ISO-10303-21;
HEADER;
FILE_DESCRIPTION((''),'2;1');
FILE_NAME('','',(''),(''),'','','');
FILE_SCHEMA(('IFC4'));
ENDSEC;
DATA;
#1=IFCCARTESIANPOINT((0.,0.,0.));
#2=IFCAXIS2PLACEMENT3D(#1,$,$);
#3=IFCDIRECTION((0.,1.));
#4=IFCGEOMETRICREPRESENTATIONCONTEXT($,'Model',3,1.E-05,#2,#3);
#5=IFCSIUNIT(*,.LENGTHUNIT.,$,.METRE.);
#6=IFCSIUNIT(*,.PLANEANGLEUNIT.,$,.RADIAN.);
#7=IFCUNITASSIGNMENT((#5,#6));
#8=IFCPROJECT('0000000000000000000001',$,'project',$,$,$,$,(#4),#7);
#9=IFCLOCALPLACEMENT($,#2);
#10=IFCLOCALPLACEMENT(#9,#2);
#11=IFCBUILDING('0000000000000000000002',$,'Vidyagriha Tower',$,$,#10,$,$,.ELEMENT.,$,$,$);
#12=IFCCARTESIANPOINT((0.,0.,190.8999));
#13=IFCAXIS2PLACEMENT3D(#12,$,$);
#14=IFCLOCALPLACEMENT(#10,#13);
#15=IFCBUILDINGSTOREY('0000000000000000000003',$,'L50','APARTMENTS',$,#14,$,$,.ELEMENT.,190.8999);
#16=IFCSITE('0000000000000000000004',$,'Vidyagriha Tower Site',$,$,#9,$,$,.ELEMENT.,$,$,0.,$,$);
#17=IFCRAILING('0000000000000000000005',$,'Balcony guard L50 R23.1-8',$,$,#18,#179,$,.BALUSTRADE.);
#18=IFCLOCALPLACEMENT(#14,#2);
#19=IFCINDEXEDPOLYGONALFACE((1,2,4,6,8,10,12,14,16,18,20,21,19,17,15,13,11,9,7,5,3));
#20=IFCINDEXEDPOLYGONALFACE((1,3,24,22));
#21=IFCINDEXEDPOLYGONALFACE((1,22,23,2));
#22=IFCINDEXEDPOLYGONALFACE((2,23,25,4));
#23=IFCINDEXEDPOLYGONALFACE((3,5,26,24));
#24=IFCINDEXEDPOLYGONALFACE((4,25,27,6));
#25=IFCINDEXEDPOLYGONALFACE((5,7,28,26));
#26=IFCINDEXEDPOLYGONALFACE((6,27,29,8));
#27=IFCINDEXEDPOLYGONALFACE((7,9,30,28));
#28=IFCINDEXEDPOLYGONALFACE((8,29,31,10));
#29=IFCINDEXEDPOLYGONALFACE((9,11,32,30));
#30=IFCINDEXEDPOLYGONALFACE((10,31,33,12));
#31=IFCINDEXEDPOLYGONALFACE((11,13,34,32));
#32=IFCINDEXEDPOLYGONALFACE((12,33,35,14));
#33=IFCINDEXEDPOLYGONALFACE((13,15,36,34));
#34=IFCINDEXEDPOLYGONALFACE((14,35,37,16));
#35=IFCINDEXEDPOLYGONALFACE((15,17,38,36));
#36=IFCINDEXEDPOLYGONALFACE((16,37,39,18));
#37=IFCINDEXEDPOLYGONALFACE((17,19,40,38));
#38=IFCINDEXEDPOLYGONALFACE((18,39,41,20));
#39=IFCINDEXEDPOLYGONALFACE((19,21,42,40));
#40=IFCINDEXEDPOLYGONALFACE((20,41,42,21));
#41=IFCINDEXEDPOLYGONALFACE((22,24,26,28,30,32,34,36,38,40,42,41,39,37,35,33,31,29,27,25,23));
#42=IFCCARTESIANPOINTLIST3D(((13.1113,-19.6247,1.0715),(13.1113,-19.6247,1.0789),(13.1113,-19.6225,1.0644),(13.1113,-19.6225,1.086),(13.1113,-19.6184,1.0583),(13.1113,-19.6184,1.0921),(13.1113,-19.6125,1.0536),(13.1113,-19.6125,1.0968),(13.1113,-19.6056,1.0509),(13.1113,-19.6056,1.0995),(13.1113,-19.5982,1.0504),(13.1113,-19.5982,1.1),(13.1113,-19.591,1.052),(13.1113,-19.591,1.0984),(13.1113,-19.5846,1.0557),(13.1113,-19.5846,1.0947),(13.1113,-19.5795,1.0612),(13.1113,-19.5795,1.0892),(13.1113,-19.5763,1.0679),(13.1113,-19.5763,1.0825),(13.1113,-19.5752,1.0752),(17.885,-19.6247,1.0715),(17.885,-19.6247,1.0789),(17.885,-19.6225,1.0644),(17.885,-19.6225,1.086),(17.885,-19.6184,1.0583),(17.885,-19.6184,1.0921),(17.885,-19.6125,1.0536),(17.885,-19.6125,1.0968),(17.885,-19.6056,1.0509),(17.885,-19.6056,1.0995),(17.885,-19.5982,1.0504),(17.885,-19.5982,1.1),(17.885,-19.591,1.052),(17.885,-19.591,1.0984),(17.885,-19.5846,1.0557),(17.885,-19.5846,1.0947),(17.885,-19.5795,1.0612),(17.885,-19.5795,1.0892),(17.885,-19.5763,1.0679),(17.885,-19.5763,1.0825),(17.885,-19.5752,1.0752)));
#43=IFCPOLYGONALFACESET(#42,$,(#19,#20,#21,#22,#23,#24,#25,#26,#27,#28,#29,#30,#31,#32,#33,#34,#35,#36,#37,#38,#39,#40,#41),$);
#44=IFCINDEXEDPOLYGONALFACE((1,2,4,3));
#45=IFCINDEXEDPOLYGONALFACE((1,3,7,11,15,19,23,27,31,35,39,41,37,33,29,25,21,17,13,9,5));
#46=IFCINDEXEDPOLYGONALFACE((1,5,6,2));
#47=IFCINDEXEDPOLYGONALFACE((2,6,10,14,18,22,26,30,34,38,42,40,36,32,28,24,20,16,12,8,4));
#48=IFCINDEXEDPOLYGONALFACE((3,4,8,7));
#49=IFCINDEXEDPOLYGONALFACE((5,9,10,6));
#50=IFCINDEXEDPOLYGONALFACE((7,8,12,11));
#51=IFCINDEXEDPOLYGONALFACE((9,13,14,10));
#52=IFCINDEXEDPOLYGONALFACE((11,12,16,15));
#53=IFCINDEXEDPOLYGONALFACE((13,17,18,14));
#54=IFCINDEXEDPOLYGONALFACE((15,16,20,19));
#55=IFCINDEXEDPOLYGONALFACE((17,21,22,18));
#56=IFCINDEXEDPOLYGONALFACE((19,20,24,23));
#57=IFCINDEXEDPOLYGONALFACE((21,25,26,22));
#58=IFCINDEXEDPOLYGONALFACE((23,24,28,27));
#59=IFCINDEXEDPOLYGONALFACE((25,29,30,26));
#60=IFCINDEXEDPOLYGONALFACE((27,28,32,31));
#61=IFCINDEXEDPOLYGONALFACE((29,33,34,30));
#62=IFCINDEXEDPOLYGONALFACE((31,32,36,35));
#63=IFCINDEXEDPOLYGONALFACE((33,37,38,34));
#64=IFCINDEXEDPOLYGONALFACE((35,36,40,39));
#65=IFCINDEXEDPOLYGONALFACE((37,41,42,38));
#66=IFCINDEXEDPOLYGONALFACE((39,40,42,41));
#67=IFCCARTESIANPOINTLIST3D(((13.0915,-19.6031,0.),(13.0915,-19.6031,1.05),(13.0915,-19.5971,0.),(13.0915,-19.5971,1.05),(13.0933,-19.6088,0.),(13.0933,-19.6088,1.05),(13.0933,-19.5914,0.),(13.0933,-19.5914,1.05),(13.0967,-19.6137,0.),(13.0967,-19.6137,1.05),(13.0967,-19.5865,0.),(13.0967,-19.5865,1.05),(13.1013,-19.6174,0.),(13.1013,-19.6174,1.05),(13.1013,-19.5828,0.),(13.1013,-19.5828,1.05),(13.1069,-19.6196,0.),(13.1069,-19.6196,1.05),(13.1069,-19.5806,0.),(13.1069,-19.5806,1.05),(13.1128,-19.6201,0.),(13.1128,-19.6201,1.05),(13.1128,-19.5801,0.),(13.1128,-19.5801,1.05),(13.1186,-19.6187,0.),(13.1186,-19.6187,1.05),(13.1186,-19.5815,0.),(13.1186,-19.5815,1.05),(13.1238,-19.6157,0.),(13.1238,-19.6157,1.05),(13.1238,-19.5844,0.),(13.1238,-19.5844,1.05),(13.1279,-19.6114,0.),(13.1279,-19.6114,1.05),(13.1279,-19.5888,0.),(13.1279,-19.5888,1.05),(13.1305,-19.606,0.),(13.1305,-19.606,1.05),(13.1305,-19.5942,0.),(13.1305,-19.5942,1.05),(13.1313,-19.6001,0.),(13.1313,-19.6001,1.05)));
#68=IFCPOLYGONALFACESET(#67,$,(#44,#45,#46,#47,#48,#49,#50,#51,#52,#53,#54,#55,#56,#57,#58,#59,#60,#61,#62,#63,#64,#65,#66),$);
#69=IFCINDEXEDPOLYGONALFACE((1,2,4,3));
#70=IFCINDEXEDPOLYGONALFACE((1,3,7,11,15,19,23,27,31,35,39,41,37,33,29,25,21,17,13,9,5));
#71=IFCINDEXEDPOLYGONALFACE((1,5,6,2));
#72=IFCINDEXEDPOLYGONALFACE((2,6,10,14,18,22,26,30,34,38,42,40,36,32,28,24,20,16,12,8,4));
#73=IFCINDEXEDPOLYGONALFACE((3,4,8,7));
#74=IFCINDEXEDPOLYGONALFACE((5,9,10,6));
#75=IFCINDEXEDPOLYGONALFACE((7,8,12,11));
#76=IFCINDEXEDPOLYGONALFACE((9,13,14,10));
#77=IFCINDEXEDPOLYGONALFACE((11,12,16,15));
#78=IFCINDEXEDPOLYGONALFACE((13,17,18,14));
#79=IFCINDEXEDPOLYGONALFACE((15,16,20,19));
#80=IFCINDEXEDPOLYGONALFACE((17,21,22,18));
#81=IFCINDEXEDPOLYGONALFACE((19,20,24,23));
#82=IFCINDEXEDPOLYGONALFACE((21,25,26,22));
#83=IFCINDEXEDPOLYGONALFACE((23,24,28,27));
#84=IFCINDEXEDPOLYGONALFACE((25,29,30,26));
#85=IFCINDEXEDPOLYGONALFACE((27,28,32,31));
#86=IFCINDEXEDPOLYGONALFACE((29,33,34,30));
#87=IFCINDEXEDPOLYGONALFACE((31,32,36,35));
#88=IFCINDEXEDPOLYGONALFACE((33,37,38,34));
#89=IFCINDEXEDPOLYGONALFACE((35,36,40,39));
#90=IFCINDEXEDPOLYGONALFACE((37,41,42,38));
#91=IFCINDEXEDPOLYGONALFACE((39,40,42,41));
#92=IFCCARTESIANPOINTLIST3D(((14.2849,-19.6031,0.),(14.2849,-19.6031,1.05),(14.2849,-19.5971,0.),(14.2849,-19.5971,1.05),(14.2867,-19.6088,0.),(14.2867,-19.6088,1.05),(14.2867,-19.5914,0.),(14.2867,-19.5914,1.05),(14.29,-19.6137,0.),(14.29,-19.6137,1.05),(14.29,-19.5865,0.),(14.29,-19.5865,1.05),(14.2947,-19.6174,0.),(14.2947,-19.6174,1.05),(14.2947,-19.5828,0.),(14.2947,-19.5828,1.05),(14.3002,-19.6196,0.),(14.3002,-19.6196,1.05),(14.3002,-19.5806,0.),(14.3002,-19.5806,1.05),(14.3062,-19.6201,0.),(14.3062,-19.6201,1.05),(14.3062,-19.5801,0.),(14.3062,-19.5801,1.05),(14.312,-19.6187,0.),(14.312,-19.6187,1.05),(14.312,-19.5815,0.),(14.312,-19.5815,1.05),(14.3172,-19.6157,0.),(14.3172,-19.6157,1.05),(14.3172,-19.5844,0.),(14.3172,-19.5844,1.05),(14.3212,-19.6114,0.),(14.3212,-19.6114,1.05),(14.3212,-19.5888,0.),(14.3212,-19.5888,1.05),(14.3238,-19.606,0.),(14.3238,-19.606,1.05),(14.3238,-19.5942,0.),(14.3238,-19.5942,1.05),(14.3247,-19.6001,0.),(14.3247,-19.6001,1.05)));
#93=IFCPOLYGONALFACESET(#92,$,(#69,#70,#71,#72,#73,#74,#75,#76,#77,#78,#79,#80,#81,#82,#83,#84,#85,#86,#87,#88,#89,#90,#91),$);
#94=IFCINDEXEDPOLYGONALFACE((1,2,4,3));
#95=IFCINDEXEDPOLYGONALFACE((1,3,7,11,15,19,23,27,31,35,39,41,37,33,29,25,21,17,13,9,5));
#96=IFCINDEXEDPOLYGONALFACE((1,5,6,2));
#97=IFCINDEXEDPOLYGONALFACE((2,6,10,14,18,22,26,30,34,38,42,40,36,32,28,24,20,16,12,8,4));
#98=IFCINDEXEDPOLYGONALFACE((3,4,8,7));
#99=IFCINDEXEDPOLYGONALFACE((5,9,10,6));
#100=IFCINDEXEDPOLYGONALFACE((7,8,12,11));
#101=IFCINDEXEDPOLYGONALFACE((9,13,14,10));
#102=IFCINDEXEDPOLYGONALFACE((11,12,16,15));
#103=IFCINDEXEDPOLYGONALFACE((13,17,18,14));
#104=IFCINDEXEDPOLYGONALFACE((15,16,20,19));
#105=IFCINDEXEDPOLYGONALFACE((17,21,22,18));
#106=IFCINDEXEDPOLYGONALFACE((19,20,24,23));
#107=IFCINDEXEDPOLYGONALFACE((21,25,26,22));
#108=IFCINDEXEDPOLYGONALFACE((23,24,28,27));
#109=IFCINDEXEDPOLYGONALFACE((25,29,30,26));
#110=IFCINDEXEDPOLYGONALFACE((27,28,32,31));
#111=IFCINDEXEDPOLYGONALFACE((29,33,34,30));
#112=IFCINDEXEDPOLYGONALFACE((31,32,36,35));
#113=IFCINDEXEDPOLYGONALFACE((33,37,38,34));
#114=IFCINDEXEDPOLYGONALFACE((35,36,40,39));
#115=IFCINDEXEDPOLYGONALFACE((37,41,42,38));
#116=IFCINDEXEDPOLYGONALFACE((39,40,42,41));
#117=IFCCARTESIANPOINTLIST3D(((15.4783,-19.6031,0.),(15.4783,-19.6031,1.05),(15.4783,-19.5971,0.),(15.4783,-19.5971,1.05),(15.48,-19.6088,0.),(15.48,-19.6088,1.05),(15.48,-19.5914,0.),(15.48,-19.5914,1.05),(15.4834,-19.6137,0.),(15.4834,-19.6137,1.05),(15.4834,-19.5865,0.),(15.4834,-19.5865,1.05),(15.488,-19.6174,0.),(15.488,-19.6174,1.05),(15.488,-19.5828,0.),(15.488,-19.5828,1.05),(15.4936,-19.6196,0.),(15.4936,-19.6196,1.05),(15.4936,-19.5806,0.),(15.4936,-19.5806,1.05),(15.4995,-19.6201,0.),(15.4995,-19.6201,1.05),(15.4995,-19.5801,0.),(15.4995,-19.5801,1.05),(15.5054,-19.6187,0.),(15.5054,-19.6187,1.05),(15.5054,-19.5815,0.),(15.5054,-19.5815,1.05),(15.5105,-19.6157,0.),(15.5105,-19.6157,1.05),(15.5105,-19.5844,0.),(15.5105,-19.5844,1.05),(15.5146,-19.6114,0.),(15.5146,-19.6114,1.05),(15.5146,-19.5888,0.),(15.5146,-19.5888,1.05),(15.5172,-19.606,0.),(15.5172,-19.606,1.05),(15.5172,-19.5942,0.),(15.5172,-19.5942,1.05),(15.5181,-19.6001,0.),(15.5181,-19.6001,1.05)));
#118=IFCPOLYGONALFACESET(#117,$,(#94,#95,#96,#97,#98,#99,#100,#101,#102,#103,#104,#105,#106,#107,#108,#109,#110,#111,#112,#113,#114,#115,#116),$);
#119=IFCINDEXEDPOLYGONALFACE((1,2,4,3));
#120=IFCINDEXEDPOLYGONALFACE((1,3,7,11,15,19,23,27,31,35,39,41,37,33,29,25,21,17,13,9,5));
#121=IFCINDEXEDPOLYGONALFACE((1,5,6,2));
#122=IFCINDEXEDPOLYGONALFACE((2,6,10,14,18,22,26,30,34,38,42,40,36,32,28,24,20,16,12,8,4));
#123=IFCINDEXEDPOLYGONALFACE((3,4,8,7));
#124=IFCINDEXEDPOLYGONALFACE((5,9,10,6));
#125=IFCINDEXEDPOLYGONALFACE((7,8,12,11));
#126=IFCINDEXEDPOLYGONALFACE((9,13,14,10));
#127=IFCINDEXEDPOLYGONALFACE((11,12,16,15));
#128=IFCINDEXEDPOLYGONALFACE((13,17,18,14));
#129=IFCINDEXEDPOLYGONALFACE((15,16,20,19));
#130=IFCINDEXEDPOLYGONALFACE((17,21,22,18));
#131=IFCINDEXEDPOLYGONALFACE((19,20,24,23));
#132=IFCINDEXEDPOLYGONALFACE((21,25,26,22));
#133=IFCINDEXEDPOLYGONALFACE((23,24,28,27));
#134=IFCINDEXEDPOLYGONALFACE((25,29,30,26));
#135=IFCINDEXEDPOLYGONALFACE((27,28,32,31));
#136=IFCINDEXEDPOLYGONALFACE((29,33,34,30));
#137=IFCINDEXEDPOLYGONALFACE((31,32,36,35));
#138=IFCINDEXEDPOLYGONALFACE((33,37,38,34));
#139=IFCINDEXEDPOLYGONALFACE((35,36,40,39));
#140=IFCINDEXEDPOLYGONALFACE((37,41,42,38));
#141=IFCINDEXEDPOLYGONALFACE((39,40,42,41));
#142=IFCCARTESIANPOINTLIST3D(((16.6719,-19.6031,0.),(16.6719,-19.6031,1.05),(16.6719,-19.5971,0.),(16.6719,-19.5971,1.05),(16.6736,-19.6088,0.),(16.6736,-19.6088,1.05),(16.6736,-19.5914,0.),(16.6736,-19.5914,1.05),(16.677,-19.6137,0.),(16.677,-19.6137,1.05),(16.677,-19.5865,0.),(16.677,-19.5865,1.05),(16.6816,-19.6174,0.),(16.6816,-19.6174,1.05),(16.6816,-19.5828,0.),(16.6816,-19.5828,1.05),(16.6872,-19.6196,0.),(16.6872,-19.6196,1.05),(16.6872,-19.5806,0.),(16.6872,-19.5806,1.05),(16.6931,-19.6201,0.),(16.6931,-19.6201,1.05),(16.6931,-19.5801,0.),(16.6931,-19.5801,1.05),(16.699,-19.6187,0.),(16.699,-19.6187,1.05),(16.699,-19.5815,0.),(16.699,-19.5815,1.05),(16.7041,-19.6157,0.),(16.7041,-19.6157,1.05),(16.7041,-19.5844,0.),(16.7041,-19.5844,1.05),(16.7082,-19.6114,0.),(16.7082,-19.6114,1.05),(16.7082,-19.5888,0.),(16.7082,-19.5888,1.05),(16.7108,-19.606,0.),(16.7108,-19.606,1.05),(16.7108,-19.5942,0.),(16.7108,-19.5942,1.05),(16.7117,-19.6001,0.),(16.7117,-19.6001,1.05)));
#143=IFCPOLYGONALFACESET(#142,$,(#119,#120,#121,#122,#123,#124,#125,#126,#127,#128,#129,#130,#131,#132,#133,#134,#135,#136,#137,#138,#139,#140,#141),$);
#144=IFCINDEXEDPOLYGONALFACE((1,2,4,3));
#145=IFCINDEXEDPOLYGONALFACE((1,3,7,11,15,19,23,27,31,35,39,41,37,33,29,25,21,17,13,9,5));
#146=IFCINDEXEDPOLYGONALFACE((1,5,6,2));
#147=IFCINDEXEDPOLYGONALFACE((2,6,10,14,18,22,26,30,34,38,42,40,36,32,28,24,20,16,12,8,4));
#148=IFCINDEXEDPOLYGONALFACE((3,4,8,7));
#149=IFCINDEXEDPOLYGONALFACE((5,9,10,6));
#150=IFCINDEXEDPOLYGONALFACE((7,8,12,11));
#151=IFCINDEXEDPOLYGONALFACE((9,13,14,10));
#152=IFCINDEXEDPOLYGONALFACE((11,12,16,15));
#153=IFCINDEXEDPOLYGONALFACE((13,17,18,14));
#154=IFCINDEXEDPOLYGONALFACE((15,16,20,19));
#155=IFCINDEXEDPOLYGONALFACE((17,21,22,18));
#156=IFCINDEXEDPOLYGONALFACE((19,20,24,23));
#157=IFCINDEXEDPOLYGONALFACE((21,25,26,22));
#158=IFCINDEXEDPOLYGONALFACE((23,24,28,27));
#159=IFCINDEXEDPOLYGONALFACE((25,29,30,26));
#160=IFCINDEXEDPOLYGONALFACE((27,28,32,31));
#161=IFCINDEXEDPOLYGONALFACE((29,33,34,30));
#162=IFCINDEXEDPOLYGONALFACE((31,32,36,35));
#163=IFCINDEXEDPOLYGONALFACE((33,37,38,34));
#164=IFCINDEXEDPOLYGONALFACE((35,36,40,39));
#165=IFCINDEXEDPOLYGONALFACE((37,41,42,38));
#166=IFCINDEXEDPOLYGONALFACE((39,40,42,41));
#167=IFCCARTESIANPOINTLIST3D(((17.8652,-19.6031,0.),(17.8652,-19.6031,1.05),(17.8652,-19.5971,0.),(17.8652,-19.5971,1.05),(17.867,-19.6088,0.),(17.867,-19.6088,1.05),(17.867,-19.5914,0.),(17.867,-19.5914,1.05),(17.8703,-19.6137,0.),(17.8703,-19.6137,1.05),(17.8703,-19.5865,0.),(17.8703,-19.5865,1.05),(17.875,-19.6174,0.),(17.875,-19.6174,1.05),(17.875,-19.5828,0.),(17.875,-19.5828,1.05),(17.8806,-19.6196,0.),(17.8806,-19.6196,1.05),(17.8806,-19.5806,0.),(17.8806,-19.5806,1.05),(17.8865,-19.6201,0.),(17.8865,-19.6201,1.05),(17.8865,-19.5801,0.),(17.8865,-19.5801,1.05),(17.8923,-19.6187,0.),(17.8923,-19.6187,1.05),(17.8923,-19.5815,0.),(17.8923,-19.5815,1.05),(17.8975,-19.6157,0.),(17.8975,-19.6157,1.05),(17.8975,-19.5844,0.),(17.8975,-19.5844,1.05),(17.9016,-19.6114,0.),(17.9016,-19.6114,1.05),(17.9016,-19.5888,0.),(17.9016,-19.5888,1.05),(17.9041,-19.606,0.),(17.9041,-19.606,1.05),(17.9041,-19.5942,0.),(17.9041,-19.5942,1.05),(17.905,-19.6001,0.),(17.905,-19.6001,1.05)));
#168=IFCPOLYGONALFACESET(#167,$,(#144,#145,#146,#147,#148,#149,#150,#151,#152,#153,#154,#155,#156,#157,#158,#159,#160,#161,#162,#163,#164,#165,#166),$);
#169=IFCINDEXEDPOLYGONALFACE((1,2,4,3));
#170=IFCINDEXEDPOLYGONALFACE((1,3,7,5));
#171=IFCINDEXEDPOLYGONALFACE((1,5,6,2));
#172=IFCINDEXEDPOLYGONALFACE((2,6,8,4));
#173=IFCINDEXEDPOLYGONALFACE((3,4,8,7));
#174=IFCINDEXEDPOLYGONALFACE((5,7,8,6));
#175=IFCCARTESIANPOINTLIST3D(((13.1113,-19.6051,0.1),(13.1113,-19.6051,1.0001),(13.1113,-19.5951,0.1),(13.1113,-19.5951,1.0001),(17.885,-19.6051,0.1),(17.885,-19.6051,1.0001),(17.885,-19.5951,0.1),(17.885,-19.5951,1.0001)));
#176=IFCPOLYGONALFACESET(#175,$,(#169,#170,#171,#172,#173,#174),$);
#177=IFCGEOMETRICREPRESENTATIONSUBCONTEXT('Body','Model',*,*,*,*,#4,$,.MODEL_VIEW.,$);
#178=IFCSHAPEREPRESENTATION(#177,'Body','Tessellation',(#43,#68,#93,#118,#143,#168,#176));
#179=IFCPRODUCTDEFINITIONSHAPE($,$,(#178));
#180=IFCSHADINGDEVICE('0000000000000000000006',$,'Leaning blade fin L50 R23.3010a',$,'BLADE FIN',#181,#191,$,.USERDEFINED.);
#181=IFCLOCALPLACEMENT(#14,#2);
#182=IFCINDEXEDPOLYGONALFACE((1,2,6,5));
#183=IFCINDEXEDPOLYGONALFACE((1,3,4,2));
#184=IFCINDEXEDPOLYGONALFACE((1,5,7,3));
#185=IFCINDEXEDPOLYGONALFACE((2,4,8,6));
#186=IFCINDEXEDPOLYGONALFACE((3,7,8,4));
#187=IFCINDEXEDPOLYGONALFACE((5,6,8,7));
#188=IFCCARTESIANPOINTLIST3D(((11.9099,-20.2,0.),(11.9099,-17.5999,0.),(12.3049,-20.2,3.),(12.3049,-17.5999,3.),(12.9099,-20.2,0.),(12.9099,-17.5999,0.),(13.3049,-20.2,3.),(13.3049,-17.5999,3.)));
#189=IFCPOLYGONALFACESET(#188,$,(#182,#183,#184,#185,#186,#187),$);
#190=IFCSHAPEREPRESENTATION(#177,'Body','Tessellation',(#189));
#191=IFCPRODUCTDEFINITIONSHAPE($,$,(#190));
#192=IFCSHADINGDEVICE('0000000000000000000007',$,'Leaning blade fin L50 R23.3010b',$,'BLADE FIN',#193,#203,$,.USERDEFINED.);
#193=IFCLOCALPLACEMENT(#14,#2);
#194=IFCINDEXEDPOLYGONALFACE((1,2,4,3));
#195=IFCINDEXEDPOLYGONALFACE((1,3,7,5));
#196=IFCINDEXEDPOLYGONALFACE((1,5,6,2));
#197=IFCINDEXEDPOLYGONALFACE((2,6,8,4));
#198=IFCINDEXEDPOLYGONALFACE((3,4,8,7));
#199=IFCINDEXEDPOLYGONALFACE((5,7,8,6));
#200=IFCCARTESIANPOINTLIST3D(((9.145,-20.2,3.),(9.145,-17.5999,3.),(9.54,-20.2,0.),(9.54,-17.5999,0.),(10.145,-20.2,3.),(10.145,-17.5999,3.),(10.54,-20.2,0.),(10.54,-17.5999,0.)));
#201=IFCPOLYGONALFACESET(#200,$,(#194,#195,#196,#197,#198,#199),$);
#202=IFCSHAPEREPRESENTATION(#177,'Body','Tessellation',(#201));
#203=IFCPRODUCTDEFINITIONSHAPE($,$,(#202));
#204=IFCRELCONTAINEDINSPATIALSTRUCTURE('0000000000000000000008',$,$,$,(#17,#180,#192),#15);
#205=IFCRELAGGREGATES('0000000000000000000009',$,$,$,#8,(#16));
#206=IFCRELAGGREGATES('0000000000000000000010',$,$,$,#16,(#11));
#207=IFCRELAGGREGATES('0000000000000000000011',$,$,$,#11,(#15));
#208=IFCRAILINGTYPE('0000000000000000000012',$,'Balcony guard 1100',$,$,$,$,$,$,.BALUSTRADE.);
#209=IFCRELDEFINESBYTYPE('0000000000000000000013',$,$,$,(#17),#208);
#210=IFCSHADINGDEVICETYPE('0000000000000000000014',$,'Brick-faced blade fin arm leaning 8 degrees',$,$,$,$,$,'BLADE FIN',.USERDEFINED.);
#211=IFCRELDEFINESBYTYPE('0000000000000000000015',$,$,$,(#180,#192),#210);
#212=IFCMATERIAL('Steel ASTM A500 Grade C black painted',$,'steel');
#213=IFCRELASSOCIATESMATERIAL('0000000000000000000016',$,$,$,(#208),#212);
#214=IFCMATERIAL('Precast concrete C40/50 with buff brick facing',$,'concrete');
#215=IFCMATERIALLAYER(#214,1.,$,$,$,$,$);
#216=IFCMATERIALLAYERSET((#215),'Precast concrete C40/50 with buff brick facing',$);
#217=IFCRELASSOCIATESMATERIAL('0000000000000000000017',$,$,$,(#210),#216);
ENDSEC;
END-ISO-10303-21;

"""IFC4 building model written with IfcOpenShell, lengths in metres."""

from ifc_helpers import new_model, si_unit, direction, frame, origin, origin_2d, place, context, subcontext, project, spatial, polyline, rectangle, circle, outline, extrude, material, layer, layer_set, type_object, element, save


model = new_model("IFC4")

# Units and contexts
model_context = context("Model", 3, precision=1e-05, world=origin(), true_north=direction((0.0, 1.0)))
body_context = subcontext(model_context, "Body", "Model", "MODEL_VIEW")
ifc_project = project(units=[si_unit("LENGTHUNIT", "METRE"), si_unit("PLANEANGLEUNIT", "RADIAN")], contexts=[model_context])

# Site, building, storey
site_placement = place(None, origin())
site = spatial("IfcSite", under=ifc_project, at=site_placement, Name="Vidyagriha Tower Site", CompositionType="ELEMENT", RefElevation=0.0)
building_placement = place(site_placement, origin())
building = spatial("IfcBuilding", under=site, at=building_placement, Name="Vidyagriha Tower", CompositionType="ELEMENT")
storey_placement = place(building_placement, frame((0.0, 0.0, 190.8999)))
storey = spatial("IfcBuildingStorey", under=building, at=storey_placement, Name="L50", Description="APARTMENTS", CompositionType="ELEMENT", Elevation=190.8999)

# Railing
ifc_material_1 = material(Name="Steel ASTM A500 Grade C black painted", Category="steel")
railing_type = type_object("IfcRailingType", Name="Balcony guard 1100", PredefinedType="BALUSTRADE", material=ifc_material_1)
railing_1_placement = place(storey_placement, frame((13.1113, -19.6001, 0.0)))
element("IfcRailing", 1, at=railing_1_placement, inside=storey, type_object=railing_type, Name="Balcony guard L50 R23.1-8", PredefinedType="BALUSTRADE", context=body_context, shape_type="SweptSolid", body=[
    extrude(circle(Radius=0.0249, at=origin_2d()), frame((0.0, 0.0, 1.0752), z_axis=(1.0, 0.0, 0.0), x_axis=(0.0, 1.0, 0.0)), (0.0, 0.0, 1.0), 4.7737),
    extrude(circle(Radius=0.02, at=origin_2d()), origin(), (0.0, 0.0, 1.0), 1.05),
    extrude(circle(Radius=0.02, at=origin_2d()), frame((1.1934, 0.0, 0.0)), (0.0, 0.0, 1.0), 1.05),
    extrude(circle(Radius=0.02, at=origin_2d()), frame((2.3867, 0.0, 0.0)), (0.0, 0.0, 1.0), 1.05),
    extrude(circle(Radius=0.02, at=origin_2d()), frame((3.5803, 0.0, 0.0)), (0.0, 0.0, 1.0), 1.05),
    extrude(circle(Radius=0.02, at=origin_2d()), frame((4.7737, 0.0, 0.0)), (0.0, 0.0, 1.0), 1.05),
    extrude(rectangle(XDim=0.01, YDim=0.9001, at=origin_2d()), frame((0.0, 0.0, 0.55), z_axis=(1.0, 0.0, 0.0), x_axis=(0.0, 1.0, 0.0)), (0.0, 0.0, 1.0), 4.7737),
])

# Shading devices
ifc_material_2 = material(Name="Precast concrete C40/50 with buff brick facing", Category="concrete")
ifc_layer_1 = layer(ifc_material_2, 1.0)
ifc_layer_set_1 = layer_set([ifc_layer_1], Name="Precast concrete C40/50 with buff brick facing")
shading_device_type = type_object("IfcShadingDeviceType", Name="Brick-faced blade fin arm leaning 8 degrees", ElementType="BLADE FIN", PredefinedType="USERDEFINED", material=ifc_layer_set_1)
shading_device_1_placement = place(storey_placement, frame((11.9099, -18.8999, 0.0)))
element("IfcShadingDevice", 2, at=shading_device_1_placement, inside=storey, type_object=shading_device_type, Name="Leaning blade fin L50 R23.3010a", ObjectType="BLADE FIN", PredefinedType="USERDEFINED", context=body_context, shape_type="SweptSolid", body=[
    extrude(outline(polyline([(0.0, 0.0), (1.0, 0.0), (1.395, 3.0), (0.395, 3.0), (0.0, 0.0)])), frame((0.0, 1.3, 0.0), z_axis=(0.0, -1.0, 0.0), x_axis=(1.0, 0.0, 0.0)), (0.0, 0.0, 1.0), 2.6001),
])
shading_device_2_placement = place(storey_placement, frame((9.145, -18.8999, 0.0)))
element("IfcShadingDevice", 3, at=shading_device_2_placement, inside=storey, type_object=shading_device_type, Name="Leaning blade fin L50 R23.3010b", ObjectType="BLADE FIN", PredefinedType="USERDEFINED", context=body_context, shape_type="SweptSolid", body=[
    extrude(outline(polyline([(0.395, 0.0), (1.395, 0.0), (1.0, 3.0), (0.0, 3.0), (0.395, 0.0)])), frame((0.0, 1.3, 0.0), z_axis=(0.0, -1.0, 0.0), x_axis=(1.0, 0.0, 0.0)), (0.0, 0.0, 1.0), 2.6001),
])

save(model, "model.ifc")
